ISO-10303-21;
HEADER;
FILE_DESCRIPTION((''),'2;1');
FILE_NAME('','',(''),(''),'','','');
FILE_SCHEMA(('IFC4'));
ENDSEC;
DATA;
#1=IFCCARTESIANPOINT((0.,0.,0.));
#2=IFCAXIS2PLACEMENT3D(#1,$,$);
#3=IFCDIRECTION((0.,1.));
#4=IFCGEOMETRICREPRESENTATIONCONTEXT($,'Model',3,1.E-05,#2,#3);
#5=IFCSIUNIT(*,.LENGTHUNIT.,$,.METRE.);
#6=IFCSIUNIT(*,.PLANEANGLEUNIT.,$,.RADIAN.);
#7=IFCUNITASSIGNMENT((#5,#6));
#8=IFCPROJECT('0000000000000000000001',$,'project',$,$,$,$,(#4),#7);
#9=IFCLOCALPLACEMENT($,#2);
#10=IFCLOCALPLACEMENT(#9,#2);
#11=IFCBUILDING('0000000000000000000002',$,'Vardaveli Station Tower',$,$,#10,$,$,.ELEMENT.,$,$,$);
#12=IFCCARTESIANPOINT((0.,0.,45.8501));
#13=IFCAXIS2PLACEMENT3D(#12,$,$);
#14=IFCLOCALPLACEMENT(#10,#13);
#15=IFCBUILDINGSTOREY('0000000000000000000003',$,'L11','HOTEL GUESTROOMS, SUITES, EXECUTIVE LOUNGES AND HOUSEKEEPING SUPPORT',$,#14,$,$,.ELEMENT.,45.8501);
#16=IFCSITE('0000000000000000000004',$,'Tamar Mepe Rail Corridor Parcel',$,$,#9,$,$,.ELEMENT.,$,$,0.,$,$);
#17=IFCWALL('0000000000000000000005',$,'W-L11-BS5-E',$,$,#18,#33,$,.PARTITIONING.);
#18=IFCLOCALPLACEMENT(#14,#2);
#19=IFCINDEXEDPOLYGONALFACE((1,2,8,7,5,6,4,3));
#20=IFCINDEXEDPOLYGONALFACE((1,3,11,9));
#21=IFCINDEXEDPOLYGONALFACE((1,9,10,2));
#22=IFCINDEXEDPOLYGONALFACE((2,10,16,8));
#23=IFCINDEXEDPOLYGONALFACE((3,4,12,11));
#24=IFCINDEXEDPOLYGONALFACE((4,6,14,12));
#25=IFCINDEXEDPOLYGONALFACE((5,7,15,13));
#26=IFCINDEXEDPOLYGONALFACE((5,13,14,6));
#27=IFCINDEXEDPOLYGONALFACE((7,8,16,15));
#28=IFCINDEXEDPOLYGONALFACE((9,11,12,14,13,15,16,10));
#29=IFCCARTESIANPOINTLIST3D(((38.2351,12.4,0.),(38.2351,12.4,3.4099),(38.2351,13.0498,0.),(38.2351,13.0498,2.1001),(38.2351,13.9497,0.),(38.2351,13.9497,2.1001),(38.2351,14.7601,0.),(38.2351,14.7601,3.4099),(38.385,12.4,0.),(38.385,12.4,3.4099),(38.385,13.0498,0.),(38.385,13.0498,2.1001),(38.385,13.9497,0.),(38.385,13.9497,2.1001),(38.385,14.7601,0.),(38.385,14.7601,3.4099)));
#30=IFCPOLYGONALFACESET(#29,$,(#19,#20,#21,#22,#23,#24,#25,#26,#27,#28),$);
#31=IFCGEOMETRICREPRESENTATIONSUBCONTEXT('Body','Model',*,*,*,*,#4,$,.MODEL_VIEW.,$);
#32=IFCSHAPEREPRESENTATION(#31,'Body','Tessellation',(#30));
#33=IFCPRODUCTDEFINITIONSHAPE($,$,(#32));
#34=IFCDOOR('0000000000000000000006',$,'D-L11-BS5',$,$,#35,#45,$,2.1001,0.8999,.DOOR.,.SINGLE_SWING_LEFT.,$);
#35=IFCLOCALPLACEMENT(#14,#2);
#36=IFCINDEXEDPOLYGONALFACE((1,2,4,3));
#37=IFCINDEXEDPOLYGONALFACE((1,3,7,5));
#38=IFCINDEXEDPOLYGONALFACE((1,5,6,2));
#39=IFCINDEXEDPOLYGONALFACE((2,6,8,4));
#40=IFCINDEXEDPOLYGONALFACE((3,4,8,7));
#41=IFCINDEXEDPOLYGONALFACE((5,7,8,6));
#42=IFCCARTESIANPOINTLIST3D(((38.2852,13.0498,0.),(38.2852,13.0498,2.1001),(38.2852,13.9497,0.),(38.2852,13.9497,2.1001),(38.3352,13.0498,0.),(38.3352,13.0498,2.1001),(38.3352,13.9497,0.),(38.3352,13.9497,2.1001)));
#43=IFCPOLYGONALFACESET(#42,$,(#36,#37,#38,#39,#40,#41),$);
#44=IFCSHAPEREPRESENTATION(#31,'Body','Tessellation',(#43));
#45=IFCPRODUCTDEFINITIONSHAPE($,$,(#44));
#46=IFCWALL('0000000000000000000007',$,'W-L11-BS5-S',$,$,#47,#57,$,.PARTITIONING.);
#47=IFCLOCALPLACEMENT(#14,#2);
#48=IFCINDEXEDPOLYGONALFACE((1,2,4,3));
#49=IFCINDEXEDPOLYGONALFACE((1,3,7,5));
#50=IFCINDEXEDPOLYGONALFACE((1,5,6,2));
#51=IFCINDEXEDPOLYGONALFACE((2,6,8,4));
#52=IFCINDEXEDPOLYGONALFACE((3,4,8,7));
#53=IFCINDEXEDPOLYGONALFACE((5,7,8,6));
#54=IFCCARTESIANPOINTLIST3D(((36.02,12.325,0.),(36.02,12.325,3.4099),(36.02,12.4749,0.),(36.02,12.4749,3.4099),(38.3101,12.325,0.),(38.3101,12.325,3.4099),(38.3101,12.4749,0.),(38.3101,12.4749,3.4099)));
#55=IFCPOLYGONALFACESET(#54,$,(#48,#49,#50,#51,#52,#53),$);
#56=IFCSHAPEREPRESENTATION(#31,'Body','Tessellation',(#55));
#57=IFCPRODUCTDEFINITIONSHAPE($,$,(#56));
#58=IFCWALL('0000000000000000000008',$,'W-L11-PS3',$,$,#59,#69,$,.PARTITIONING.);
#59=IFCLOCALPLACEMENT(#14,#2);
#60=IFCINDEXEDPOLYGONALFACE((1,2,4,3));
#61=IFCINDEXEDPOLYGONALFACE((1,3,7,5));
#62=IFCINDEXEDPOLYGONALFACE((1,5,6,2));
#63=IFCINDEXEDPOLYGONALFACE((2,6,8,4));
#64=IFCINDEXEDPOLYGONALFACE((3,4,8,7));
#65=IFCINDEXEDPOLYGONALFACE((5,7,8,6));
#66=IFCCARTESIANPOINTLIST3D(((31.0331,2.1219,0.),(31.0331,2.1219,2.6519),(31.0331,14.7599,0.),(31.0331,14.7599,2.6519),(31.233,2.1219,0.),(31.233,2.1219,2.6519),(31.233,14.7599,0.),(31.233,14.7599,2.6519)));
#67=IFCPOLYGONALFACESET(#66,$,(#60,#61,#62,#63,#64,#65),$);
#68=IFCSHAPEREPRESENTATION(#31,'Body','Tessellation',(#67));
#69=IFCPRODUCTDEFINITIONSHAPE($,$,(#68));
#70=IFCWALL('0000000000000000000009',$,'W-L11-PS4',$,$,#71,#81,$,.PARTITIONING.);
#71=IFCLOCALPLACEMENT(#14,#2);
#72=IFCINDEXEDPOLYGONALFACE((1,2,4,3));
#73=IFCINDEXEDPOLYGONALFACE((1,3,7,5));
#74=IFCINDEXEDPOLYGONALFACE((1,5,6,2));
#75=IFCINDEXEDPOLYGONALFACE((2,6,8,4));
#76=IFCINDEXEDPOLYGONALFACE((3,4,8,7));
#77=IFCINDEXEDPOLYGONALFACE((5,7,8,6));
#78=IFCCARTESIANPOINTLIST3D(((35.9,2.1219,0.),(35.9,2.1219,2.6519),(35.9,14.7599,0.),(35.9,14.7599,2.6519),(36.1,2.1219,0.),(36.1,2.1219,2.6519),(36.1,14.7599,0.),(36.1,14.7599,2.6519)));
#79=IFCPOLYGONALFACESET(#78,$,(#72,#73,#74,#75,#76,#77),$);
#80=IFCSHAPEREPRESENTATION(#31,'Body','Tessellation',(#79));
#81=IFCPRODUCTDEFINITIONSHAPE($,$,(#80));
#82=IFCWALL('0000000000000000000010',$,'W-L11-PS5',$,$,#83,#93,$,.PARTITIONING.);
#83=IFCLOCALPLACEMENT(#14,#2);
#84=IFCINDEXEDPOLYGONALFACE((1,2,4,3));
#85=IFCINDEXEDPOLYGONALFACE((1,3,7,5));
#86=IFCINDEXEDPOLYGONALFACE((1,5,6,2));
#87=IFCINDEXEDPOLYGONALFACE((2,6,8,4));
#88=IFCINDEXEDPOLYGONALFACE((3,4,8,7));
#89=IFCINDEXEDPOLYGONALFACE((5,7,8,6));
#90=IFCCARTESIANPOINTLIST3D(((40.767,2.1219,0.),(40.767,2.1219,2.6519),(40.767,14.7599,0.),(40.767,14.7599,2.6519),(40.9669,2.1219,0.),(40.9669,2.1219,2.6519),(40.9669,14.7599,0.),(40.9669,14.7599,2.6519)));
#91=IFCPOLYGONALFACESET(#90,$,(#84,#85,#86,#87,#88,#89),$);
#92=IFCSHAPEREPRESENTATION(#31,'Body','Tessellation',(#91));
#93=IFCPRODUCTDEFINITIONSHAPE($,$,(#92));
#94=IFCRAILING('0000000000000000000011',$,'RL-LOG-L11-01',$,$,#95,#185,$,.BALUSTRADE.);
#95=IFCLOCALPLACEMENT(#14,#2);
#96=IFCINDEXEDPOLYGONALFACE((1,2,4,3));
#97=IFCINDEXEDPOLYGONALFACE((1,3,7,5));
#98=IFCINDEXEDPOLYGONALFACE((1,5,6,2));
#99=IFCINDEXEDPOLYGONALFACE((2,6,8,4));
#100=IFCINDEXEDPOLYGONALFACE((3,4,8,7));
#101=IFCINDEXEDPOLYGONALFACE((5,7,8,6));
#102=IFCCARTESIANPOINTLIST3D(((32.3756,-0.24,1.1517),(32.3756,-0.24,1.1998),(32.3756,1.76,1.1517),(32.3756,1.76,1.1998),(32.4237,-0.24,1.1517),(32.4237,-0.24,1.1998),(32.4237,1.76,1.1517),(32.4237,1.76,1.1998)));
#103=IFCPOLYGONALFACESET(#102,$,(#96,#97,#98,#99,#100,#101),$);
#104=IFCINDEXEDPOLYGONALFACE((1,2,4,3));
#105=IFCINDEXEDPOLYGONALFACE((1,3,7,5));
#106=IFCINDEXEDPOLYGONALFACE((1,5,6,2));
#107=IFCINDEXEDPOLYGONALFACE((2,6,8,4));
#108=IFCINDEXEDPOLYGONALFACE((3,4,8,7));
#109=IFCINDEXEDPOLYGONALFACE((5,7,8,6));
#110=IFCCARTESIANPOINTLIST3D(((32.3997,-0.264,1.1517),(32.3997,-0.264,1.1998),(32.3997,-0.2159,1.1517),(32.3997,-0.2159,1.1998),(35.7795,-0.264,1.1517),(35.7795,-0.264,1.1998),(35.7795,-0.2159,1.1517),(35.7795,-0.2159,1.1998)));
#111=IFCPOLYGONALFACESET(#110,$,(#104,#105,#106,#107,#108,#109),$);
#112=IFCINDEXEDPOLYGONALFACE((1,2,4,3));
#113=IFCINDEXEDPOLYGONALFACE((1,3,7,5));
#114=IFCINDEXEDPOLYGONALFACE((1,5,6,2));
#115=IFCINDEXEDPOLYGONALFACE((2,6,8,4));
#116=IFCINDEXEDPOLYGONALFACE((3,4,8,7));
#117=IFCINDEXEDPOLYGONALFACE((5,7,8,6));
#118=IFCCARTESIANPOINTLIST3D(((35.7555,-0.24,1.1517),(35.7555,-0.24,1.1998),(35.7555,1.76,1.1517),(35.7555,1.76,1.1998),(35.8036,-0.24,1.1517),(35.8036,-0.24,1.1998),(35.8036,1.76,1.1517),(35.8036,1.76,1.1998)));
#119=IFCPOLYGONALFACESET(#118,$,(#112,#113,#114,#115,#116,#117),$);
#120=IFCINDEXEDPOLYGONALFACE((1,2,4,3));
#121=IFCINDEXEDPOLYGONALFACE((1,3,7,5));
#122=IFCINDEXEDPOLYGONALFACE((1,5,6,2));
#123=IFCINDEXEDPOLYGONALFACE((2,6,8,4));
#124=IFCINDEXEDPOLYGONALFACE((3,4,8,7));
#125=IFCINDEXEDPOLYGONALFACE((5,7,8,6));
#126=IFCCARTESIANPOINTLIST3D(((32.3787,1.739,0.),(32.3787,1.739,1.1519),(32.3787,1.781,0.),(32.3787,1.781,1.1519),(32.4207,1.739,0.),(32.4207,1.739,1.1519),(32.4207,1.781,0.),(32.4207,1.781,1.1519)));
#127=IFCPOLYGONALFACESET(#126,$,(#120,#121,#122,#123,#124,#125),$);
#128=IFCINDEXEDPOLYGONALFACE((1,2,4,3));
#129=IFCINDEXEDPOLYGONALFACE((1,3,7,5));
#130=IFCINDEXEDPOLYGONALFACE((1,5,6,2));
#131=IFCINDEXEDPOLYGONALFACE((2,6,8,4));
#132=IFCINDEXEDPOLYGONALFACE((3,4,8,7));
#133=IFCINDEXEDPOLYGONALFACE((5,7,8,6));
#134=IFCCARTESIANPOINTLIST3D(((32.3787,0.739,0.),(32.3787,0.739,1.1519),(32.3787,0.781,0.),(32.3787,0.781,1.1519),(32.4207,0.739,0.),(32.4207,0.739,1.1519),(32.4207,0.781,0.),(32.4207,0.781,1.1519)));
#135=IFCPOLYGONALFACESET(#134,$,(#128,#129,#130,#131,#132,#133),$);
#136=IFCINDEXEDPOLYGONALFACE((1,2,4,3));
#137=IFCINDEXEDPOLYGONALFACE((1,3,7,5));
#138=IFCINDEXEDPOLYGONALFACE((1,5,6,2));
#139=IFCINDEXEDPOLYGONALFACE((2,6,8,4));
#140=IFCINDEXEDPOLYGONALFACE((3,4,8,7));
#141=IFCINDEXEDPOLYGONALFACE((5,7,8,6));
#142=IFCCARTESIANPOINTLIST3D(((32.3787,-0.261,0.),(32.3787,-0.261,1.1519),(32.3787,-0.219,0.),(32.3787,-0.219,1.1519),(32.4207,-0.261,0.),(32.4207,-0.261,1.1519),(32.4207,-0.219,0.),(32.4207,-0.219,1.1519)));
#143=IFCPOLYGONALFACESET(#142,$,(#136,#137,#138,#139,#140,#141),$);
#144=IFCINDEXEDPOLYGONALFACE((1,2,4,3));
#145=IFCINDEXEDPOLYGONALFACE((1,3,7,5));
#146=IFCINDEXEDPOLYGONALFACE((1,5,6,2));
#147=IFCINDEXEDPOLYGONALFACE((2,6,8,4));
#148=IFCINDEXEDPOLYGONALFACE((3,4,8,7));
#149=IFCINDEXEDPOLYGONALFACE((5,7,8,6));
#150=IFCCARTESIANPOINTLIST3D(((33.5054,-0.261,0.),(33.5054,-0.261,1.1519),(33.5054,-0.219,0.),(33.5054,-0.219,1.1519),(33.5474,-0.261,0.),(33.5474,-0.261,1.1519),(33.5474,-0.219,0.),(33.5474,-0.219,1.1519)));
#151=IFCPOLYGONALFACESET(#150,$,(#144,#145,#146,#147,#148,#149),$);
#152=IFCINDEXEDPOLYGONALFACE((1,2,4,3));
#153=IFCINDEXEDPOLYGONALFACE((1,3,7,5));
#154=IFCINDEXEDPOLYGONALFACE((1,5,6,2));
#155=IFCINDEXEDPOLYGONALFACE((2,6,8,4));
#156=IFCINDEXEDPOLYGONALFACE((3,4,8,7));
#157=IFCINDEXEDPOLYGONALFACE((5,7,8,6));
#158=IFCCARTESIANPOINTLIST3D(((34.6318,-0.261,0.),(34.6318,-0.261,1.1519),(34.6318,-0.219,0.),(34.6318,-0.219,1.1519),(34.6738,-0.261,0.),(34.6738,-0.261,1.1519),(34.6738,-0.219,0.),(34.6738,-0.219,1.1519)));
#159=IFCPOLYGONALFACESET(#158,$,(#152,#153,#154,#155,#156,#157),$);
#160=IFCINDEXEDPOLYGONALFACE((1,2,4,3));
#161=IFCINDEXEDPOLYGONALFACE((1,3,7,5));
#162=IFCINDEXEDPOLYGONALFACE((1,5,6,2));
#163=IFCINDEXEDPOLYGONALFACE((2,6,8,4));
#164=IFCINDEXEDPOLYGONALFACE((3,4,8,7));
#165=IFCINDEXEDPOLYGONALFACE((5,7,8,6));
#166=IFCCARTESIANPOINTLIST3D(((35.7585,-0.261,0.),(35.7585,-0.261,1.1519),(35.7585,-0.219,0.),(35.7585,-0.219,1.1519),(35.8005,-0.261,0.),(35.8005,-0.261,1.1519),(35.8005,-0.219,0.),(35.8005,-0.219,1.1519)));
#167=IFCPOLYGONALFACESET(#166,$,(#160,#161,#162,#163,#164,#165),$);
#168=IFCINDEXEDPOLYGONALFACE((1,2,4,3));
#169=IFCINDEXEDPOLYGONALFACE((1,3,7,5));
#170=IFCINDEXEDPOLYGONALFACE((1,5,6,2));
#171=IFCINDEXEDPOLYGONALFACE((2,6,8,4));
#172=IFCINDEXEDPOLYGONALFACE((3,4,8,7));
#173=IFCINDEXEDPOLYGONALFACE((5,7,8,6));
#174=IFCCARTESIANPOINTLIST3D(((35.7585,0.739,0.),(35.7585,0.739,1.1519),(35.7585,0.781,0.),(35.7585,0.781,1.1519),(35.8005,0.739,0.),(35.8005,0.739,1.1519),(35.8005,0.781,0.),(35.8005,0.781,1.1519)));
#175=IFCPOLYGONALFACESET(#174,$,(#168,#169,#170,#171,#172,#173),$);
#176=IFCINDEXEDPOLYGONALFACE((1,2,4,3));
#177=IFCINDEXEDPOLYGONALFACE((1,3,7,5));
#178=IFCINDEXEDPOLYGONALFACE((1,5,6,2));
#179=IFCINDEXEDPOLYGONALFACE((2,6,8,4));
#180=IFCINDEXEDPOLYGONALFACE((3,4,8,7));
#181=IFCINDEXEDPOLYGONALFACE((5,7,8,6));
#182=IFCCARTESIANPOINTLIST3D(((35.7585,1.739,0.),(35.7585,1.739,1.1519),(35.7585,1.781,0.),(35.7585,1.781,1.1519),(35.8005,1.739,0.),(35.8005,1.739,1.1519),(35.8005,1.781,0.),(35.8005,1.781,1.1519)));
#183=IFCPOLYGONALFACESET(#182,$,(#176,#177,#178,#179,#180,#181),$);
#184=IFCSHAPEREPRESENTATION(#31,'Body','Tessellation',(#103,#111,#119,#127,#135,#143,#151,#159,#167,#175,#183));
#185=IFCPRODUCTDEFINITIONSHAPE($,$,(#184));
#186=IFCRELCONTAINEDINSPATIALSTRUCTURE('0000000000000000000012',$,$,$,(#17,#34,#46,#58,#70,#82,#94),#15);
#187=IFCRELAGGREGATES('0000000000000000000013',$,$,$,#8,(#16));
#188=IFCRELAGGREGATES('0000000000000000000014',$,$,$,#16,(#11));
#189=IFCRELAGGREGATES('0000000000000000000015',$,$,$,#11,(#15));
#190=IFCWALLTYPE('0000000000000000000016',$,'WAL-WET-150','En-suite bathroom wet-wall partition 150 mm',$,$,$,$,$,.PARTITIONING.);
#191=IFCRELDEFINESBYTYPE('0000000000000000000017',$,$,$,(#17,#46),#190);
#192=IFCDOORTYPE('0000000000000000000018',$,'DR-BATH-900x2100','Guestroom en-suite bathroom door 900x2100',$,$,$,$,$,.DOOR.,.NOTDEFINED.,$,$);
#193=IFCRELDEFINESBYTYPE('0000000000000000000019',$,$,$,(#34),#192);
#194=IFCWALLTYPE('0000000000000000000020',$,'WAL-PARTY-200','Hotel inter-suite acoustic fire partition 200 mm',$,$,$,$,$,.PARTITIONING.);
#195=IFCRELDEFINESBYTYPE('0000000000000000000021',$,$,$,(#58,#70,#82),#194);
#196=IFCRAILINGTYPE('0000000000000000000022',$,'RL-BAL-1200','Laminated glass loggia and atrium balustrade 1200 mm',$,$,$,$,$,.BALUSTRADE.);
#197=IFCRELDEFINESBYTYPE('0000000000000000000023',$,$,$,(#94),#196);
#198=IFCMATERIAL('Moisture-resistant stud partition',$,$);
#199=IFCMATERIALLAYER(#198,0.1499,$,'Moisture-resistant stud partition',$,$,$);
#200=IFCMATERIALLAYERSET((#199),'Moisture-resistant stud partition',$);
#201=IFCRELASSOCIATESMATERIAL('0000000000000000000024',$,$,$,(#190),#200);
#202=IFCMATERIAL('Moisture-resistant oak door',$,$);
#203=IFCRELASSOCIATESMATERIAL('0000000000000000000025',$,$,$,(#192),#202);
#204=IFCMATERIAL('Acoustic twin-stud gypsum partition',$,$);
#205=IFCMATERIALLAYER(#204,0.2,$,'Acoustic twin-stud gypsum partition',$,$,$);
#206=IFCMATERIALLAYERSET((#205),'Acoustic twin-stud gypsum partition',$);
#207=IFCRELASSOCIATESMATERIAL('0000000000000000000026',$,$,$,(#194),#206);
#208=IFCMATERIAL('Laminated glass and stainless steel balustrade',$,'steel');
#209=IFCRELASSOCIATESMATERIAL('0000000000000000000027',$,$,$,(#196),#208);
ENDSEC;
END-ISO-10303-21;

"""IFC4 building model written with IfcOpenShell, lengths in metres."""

from ifc_helpers import new_model, si_unit, direction, frame, frame_2d, origin, origin_2d, place, context, subcontext, project, spatial, rectangle, extrude, source, transform, mapped, material, layer, layer_set, type_object, element, fill, save


model = new_model("IFC4")

# Units and contexts
model_context = context("Model", 3, precision=1e-05, world=origin(), true_north=direction((0.0, 1.0)))
body_context = subcontext(model_context, "Body", "Model", "MODEL_VIEW")
ifc_project = project(units=[si_unit("LENGTHUNIT", "METRE"), si_unit("PLANEANGLEUNIT", "RADIAN")], contexts=[model_context])

# Site, building, storey
site_placement = place(None, origin())
site = spatial("IfcSite", under=ifc_project, at=site_placement, Name="Tamar Mepe Rail Corridor Parcel", CompositionType="ELEMENT", RefElevation=0.0)
building_placement = place(site_placement, origin())
building = spatial("IfcBuilding", under=site, at=building_placement, Name="Vardaveli Station Tower", CompositionType="ELEMENT")
storey_placement = place(building_placement, frame((0.0, 0.0, 45.8501)))
storey = spatial("IfcBuildingStorey", under=building, at=storey_placement, Name="L11", Description="HOTEL GUESTROOMS, SUITES, EXECUTIVE LOUNGES AND HOUSEKEEPING SUPPORT", CompositionType="ELEMENT", Elevation=45.8501)

# Wall, opening, door
ifc_material_1 = material(Name="Moisture-resistant stud partition")
ifc_layer_1 = layer(ifc_material_1, 0.1499, Name="Moisture-resistant stud partition")
ifc_layer_set_1 = layer_set([ifc_layer_1], Name="Moisture-resistant stud partition")
wall_type_1 = type_object("IfcWallType", Name="WAL-WET-150", Description="En-suite bathroom wet-wall partition 150 mm", PredefinedType="PARTITIONING", material=ifc_layer_set_1)
shared_shape_1 = source(origin(), body_context, "Body", "SweptSolid", [
    extrude(rectangle(XDim=2.3601, YDim=0.1499, at=frame_2d((1.1802, 0.0))), origin(), (0.0, 0.0, 1.0), 3.4099),
])
wall_1_placement = place(storey_placement, frame((38.3101, 12.3999, 0.0), z_axis=(0.0, 0.0, 1.0), x_axis=(0.0, 1.0, 0.0)))
wall_1 = element("IfcWall", 1, at=wall_1_placement, inside=storey, type_object=wall_type_1, Name="W-L11-BS5-E", PredefinedType="PARTITIONING", context=body_context, shape_type="MappedRepresentation", body=[
    mapped(shared_shape_1, transform((0.0, 0.0, 0.0), scale=1.0)),
])
shared_shape_2 = source(origin(), body_context, "Body", "SweptSolid", [
    extrude(rectangle(XDim=0.8999, YDim=2.1001, at=frame_2d((0.45, 1.05))), frame((0.0, 0.085, 0.0), z_axis=(0.0, -1.0, 0.0), x_axis=(1.0, 0.0, 0.0)), (0.0, 0.0, 1.0), 0.1699),
])
opening_placement = place(wall_1_placement, frame((0.6499, 0.0, 0.0)))
opening = element("IfcOpeningElement", 2, at=opening_placement, cuts=wall_1, PredefinedType="OPENING", context=body_context, shape_type="MappedRepresentation", body=[
    mapped(shared_shape_2, transform((0.0, 0.0, 0.0), scale=1.0)),
])
ifc_material_2 = material(Name="Moisture-resistant oak door")
door_type = type_object("IfcDoorType", Name="DR-BATH-900x2100", Description="Guestroom en-suite bathroom door 900x2100", OperationType="NOTDEFINED", PredefinedType="DOOR", material=ifc_material_2)
shared_shape_3 = source(origin(), body_context, "Body", "SweptSolid", [
    extrude(rectangle(XDim=0.8999, YDim=2.1001, at=frame_2d((0.45, 1.05))), frame((0.0, 0.0249, 0.0), z_axis=(0.0, -1.0, 0.0), x_axis=(1.0, 0.0, 0.0)), (0.0, 0.0, 1.0), 0.05),
])
door_placement = place(opening_placement, origin())
door = element("IfcDoor", 3, at=door_placement, inside=storey, type_object=door_type, Name="D-L11-BS5", OperationType="SINGLE_SWING_LEFT", OverallHeight=2.1001, OverallWidth=0.8999, PredefinedType="DOOR", context=body_context, shape_type="MappedRepresentation", body=[
    mapped(shared_shape_3, transform((0.0, 0.0, 0.0), scale=1.0)),
])
fill(opening, door)

# Walls
shared_shape_4 = source(origin(), body_context, "Body", "SweptSolid", [
    extrude(rectangle(XDim=2.29, YDim=0.1499, at=frame_2d((1.145, 0.0))), origin(), (0.0, 0.0, 1.0), 3.4099),
])
wall_2_placement = place(storey_placement, frame((36.02, 12.3999, 0.0), z_axis=(0.0, 0.0, 1.0), x_axis=(1.0, 0.0, 0.0)))
element("IfcWall", 4, at=wall_2_placement, inside=storey, type_object=wall_type_1, Name="W-L11-BS5-S", PredefinedType="PARTITIONING", context=body_context, shape_type="MappedRepresentation", body=[
    mapped(shared_shape_4, transform((0.0, 0.0, 0.0), scale=1.0)),
])
ifc_material_3 = material(Name="Acoustic twin-stud gypsum partition")
ifc_layer_2 = layer(ifc_material_3, 0.2, Name="Acoustic twin-stud gypsum partition")
ifc_layer_set_2 = layer_set([ifc_layer_2], Name="Acoustic twin-stud gypsum partition")
wall_type_2 = type_object("IfcWallType", Name="WAL-PARTY-200", Description="Hotel inter-suite acoustic fire partition 200 mm", PredefinedType="PARTITIONING", material=ifc_layer_set_2)
shared_shape_5 = source(origin(), body_context, "Body", "SweptSolid", [
    extrude(rectangle(XDim=12.6379, YDim=0.2, at=frame_2d((6.3188, 0.0))), origin(), (0.0, 0.0, 1.0), 2.6519),
])
for number, where, z_axis, x_axis, name in (
    (5, (31.1331, 2.1221, 0.0), (0.0, 0.0, 1.0), (0.0, 1.0, 0.0), "W-L11-PS3"),
    (6, (36.0, 2.1221, 0.0), (0.0, 0.0, 1.0), (0.0, 1.0, 0.0), "W-L11-PS4"),
    (7, (40.8669, 2.1221, 0.0), (0.0, 0.0, 1.0), (0.0, 1.0, 0.0), "W-L11-PS5"),
):
    element("IfcWall", number, at=place(storey_placement, frame(where, z_axis=z_axis, x_axis=x_axis)), inside=storey, type_object=wall_type_2, Name=name, PredefinedType="PARTITIONING", context=body_context, shape_type="MappedRepresentation", body=[
        mapped(shared_shape_5, transform((0.0, 0.0, 0.0), scale=1.0)),
    ])

# Railing
ifc_material_4 = material(Name="Laminated glass and stainless steel balustrade", Category="steel")
railing_type = type_object("IfcRailingType", Name="RL-BAL-1200", Description="Laminated glass loggia and atrium balustrade 1200 mm", PredefinedType="BALUSTRADE", material=ifc_material_4)
shared_shape_6 = source(origin(), body_context, "Body", "SweptSolid", [
    extrude(rectangle(XDim=0.0481, YDim=0.0481, at=origin_2d()), frame((0.0, 0.0, 1.1758), z_axis=(0.0, -1.0, 0.0), x_axis=(1.0, 0.0, 0.0)), (0.0, 0.0, 1.0), 2.0),
    extrude(rectangle(XDim=0.0481, YDim=0.0481, at=origin_2d()), frame((0.0, -2.0, 1.1758), z_axis=(1.0, 0.0, 0.0), x_axis=(0.0, 1.0, 0.0)), (0.0, 0.0, 1.0), 3.3799),
    extrude(rectangle(XDim=0.0481, YDim=0.0481, at=origin_2d()), frame((3.3799, -2.0, 1.1758), z_axis=(0.0, 1.0, 0.0), x_axis=(-1.0, 0.0, 0.0)), (0.0, 0.0, 1.0), 2.0),
    extrude(rectangle(XDim=0.042, YDim=0.042, at=origin_2d()), origin(), (0.0, 0.0, 1.0), 1.1519),
    extrude(rectangle(XDim=0.042, YDim=0.042, at=origin_2d()), frame((0.0, -1.0, 0.0)), (0.0, 0.0, 1.0), 1.1519),
    extrude(rectangle(XDim=0.042, YDim=0.042, at=origin_2d()), frame((0.0, -2.0, 0.0)), (0.0, 0.0, 1.0), 1.1519),
    extrude(rectangle(XDim=0.042, YDim=0.042, at=origin_2d()), frame((1.1267, -2.0, 0.0)), (0.0, 0.0, 1.0), 1.1519),
    extrude(rectangle(XDim=0.042, YDim=0.042, at=origin_2d()), frame((2.2532, -2.0, 0.0)), (0.0, 0.0, 1.0), 1.1519),
    extrude(rectangle(XDim=0.042, YDim=0.042, at=origin_2d()), frame((3.3799, -2.0, 0.0)), (0.0, 0.0, 1.0), 1.1519),
    extrude(rectangle(XDim=0.042, YDim=0.042, at=origin_2d()), frame((3.3799, -1.0, 0.0)), (0.0, 0.0, 1.0), 1.1519),
    extrude(rectangle(XDim=0.042, YDim=0.042, at=origin_2d()), frame((3.3799, 0.0, 0.0)), (0.0, 0.0, 1.0), 1.1519),
])
railing_1_placement = place(storey_placement, frame((32.3997, 1.76, 0.0)))
element("IfcRailing", 8, at=railing_1_placement, inside=storey, type_object=railing_type, Name="RL-LOG-L11-01", PredefinedType="BALUSTRADE", context=body_context, shape_type="MappedRepresentation", body=[
    mapped(shared_shape_6, transform((0.0, 0.0, 0.0), scale=1.0)),
])

save(model, "model.ifc")
